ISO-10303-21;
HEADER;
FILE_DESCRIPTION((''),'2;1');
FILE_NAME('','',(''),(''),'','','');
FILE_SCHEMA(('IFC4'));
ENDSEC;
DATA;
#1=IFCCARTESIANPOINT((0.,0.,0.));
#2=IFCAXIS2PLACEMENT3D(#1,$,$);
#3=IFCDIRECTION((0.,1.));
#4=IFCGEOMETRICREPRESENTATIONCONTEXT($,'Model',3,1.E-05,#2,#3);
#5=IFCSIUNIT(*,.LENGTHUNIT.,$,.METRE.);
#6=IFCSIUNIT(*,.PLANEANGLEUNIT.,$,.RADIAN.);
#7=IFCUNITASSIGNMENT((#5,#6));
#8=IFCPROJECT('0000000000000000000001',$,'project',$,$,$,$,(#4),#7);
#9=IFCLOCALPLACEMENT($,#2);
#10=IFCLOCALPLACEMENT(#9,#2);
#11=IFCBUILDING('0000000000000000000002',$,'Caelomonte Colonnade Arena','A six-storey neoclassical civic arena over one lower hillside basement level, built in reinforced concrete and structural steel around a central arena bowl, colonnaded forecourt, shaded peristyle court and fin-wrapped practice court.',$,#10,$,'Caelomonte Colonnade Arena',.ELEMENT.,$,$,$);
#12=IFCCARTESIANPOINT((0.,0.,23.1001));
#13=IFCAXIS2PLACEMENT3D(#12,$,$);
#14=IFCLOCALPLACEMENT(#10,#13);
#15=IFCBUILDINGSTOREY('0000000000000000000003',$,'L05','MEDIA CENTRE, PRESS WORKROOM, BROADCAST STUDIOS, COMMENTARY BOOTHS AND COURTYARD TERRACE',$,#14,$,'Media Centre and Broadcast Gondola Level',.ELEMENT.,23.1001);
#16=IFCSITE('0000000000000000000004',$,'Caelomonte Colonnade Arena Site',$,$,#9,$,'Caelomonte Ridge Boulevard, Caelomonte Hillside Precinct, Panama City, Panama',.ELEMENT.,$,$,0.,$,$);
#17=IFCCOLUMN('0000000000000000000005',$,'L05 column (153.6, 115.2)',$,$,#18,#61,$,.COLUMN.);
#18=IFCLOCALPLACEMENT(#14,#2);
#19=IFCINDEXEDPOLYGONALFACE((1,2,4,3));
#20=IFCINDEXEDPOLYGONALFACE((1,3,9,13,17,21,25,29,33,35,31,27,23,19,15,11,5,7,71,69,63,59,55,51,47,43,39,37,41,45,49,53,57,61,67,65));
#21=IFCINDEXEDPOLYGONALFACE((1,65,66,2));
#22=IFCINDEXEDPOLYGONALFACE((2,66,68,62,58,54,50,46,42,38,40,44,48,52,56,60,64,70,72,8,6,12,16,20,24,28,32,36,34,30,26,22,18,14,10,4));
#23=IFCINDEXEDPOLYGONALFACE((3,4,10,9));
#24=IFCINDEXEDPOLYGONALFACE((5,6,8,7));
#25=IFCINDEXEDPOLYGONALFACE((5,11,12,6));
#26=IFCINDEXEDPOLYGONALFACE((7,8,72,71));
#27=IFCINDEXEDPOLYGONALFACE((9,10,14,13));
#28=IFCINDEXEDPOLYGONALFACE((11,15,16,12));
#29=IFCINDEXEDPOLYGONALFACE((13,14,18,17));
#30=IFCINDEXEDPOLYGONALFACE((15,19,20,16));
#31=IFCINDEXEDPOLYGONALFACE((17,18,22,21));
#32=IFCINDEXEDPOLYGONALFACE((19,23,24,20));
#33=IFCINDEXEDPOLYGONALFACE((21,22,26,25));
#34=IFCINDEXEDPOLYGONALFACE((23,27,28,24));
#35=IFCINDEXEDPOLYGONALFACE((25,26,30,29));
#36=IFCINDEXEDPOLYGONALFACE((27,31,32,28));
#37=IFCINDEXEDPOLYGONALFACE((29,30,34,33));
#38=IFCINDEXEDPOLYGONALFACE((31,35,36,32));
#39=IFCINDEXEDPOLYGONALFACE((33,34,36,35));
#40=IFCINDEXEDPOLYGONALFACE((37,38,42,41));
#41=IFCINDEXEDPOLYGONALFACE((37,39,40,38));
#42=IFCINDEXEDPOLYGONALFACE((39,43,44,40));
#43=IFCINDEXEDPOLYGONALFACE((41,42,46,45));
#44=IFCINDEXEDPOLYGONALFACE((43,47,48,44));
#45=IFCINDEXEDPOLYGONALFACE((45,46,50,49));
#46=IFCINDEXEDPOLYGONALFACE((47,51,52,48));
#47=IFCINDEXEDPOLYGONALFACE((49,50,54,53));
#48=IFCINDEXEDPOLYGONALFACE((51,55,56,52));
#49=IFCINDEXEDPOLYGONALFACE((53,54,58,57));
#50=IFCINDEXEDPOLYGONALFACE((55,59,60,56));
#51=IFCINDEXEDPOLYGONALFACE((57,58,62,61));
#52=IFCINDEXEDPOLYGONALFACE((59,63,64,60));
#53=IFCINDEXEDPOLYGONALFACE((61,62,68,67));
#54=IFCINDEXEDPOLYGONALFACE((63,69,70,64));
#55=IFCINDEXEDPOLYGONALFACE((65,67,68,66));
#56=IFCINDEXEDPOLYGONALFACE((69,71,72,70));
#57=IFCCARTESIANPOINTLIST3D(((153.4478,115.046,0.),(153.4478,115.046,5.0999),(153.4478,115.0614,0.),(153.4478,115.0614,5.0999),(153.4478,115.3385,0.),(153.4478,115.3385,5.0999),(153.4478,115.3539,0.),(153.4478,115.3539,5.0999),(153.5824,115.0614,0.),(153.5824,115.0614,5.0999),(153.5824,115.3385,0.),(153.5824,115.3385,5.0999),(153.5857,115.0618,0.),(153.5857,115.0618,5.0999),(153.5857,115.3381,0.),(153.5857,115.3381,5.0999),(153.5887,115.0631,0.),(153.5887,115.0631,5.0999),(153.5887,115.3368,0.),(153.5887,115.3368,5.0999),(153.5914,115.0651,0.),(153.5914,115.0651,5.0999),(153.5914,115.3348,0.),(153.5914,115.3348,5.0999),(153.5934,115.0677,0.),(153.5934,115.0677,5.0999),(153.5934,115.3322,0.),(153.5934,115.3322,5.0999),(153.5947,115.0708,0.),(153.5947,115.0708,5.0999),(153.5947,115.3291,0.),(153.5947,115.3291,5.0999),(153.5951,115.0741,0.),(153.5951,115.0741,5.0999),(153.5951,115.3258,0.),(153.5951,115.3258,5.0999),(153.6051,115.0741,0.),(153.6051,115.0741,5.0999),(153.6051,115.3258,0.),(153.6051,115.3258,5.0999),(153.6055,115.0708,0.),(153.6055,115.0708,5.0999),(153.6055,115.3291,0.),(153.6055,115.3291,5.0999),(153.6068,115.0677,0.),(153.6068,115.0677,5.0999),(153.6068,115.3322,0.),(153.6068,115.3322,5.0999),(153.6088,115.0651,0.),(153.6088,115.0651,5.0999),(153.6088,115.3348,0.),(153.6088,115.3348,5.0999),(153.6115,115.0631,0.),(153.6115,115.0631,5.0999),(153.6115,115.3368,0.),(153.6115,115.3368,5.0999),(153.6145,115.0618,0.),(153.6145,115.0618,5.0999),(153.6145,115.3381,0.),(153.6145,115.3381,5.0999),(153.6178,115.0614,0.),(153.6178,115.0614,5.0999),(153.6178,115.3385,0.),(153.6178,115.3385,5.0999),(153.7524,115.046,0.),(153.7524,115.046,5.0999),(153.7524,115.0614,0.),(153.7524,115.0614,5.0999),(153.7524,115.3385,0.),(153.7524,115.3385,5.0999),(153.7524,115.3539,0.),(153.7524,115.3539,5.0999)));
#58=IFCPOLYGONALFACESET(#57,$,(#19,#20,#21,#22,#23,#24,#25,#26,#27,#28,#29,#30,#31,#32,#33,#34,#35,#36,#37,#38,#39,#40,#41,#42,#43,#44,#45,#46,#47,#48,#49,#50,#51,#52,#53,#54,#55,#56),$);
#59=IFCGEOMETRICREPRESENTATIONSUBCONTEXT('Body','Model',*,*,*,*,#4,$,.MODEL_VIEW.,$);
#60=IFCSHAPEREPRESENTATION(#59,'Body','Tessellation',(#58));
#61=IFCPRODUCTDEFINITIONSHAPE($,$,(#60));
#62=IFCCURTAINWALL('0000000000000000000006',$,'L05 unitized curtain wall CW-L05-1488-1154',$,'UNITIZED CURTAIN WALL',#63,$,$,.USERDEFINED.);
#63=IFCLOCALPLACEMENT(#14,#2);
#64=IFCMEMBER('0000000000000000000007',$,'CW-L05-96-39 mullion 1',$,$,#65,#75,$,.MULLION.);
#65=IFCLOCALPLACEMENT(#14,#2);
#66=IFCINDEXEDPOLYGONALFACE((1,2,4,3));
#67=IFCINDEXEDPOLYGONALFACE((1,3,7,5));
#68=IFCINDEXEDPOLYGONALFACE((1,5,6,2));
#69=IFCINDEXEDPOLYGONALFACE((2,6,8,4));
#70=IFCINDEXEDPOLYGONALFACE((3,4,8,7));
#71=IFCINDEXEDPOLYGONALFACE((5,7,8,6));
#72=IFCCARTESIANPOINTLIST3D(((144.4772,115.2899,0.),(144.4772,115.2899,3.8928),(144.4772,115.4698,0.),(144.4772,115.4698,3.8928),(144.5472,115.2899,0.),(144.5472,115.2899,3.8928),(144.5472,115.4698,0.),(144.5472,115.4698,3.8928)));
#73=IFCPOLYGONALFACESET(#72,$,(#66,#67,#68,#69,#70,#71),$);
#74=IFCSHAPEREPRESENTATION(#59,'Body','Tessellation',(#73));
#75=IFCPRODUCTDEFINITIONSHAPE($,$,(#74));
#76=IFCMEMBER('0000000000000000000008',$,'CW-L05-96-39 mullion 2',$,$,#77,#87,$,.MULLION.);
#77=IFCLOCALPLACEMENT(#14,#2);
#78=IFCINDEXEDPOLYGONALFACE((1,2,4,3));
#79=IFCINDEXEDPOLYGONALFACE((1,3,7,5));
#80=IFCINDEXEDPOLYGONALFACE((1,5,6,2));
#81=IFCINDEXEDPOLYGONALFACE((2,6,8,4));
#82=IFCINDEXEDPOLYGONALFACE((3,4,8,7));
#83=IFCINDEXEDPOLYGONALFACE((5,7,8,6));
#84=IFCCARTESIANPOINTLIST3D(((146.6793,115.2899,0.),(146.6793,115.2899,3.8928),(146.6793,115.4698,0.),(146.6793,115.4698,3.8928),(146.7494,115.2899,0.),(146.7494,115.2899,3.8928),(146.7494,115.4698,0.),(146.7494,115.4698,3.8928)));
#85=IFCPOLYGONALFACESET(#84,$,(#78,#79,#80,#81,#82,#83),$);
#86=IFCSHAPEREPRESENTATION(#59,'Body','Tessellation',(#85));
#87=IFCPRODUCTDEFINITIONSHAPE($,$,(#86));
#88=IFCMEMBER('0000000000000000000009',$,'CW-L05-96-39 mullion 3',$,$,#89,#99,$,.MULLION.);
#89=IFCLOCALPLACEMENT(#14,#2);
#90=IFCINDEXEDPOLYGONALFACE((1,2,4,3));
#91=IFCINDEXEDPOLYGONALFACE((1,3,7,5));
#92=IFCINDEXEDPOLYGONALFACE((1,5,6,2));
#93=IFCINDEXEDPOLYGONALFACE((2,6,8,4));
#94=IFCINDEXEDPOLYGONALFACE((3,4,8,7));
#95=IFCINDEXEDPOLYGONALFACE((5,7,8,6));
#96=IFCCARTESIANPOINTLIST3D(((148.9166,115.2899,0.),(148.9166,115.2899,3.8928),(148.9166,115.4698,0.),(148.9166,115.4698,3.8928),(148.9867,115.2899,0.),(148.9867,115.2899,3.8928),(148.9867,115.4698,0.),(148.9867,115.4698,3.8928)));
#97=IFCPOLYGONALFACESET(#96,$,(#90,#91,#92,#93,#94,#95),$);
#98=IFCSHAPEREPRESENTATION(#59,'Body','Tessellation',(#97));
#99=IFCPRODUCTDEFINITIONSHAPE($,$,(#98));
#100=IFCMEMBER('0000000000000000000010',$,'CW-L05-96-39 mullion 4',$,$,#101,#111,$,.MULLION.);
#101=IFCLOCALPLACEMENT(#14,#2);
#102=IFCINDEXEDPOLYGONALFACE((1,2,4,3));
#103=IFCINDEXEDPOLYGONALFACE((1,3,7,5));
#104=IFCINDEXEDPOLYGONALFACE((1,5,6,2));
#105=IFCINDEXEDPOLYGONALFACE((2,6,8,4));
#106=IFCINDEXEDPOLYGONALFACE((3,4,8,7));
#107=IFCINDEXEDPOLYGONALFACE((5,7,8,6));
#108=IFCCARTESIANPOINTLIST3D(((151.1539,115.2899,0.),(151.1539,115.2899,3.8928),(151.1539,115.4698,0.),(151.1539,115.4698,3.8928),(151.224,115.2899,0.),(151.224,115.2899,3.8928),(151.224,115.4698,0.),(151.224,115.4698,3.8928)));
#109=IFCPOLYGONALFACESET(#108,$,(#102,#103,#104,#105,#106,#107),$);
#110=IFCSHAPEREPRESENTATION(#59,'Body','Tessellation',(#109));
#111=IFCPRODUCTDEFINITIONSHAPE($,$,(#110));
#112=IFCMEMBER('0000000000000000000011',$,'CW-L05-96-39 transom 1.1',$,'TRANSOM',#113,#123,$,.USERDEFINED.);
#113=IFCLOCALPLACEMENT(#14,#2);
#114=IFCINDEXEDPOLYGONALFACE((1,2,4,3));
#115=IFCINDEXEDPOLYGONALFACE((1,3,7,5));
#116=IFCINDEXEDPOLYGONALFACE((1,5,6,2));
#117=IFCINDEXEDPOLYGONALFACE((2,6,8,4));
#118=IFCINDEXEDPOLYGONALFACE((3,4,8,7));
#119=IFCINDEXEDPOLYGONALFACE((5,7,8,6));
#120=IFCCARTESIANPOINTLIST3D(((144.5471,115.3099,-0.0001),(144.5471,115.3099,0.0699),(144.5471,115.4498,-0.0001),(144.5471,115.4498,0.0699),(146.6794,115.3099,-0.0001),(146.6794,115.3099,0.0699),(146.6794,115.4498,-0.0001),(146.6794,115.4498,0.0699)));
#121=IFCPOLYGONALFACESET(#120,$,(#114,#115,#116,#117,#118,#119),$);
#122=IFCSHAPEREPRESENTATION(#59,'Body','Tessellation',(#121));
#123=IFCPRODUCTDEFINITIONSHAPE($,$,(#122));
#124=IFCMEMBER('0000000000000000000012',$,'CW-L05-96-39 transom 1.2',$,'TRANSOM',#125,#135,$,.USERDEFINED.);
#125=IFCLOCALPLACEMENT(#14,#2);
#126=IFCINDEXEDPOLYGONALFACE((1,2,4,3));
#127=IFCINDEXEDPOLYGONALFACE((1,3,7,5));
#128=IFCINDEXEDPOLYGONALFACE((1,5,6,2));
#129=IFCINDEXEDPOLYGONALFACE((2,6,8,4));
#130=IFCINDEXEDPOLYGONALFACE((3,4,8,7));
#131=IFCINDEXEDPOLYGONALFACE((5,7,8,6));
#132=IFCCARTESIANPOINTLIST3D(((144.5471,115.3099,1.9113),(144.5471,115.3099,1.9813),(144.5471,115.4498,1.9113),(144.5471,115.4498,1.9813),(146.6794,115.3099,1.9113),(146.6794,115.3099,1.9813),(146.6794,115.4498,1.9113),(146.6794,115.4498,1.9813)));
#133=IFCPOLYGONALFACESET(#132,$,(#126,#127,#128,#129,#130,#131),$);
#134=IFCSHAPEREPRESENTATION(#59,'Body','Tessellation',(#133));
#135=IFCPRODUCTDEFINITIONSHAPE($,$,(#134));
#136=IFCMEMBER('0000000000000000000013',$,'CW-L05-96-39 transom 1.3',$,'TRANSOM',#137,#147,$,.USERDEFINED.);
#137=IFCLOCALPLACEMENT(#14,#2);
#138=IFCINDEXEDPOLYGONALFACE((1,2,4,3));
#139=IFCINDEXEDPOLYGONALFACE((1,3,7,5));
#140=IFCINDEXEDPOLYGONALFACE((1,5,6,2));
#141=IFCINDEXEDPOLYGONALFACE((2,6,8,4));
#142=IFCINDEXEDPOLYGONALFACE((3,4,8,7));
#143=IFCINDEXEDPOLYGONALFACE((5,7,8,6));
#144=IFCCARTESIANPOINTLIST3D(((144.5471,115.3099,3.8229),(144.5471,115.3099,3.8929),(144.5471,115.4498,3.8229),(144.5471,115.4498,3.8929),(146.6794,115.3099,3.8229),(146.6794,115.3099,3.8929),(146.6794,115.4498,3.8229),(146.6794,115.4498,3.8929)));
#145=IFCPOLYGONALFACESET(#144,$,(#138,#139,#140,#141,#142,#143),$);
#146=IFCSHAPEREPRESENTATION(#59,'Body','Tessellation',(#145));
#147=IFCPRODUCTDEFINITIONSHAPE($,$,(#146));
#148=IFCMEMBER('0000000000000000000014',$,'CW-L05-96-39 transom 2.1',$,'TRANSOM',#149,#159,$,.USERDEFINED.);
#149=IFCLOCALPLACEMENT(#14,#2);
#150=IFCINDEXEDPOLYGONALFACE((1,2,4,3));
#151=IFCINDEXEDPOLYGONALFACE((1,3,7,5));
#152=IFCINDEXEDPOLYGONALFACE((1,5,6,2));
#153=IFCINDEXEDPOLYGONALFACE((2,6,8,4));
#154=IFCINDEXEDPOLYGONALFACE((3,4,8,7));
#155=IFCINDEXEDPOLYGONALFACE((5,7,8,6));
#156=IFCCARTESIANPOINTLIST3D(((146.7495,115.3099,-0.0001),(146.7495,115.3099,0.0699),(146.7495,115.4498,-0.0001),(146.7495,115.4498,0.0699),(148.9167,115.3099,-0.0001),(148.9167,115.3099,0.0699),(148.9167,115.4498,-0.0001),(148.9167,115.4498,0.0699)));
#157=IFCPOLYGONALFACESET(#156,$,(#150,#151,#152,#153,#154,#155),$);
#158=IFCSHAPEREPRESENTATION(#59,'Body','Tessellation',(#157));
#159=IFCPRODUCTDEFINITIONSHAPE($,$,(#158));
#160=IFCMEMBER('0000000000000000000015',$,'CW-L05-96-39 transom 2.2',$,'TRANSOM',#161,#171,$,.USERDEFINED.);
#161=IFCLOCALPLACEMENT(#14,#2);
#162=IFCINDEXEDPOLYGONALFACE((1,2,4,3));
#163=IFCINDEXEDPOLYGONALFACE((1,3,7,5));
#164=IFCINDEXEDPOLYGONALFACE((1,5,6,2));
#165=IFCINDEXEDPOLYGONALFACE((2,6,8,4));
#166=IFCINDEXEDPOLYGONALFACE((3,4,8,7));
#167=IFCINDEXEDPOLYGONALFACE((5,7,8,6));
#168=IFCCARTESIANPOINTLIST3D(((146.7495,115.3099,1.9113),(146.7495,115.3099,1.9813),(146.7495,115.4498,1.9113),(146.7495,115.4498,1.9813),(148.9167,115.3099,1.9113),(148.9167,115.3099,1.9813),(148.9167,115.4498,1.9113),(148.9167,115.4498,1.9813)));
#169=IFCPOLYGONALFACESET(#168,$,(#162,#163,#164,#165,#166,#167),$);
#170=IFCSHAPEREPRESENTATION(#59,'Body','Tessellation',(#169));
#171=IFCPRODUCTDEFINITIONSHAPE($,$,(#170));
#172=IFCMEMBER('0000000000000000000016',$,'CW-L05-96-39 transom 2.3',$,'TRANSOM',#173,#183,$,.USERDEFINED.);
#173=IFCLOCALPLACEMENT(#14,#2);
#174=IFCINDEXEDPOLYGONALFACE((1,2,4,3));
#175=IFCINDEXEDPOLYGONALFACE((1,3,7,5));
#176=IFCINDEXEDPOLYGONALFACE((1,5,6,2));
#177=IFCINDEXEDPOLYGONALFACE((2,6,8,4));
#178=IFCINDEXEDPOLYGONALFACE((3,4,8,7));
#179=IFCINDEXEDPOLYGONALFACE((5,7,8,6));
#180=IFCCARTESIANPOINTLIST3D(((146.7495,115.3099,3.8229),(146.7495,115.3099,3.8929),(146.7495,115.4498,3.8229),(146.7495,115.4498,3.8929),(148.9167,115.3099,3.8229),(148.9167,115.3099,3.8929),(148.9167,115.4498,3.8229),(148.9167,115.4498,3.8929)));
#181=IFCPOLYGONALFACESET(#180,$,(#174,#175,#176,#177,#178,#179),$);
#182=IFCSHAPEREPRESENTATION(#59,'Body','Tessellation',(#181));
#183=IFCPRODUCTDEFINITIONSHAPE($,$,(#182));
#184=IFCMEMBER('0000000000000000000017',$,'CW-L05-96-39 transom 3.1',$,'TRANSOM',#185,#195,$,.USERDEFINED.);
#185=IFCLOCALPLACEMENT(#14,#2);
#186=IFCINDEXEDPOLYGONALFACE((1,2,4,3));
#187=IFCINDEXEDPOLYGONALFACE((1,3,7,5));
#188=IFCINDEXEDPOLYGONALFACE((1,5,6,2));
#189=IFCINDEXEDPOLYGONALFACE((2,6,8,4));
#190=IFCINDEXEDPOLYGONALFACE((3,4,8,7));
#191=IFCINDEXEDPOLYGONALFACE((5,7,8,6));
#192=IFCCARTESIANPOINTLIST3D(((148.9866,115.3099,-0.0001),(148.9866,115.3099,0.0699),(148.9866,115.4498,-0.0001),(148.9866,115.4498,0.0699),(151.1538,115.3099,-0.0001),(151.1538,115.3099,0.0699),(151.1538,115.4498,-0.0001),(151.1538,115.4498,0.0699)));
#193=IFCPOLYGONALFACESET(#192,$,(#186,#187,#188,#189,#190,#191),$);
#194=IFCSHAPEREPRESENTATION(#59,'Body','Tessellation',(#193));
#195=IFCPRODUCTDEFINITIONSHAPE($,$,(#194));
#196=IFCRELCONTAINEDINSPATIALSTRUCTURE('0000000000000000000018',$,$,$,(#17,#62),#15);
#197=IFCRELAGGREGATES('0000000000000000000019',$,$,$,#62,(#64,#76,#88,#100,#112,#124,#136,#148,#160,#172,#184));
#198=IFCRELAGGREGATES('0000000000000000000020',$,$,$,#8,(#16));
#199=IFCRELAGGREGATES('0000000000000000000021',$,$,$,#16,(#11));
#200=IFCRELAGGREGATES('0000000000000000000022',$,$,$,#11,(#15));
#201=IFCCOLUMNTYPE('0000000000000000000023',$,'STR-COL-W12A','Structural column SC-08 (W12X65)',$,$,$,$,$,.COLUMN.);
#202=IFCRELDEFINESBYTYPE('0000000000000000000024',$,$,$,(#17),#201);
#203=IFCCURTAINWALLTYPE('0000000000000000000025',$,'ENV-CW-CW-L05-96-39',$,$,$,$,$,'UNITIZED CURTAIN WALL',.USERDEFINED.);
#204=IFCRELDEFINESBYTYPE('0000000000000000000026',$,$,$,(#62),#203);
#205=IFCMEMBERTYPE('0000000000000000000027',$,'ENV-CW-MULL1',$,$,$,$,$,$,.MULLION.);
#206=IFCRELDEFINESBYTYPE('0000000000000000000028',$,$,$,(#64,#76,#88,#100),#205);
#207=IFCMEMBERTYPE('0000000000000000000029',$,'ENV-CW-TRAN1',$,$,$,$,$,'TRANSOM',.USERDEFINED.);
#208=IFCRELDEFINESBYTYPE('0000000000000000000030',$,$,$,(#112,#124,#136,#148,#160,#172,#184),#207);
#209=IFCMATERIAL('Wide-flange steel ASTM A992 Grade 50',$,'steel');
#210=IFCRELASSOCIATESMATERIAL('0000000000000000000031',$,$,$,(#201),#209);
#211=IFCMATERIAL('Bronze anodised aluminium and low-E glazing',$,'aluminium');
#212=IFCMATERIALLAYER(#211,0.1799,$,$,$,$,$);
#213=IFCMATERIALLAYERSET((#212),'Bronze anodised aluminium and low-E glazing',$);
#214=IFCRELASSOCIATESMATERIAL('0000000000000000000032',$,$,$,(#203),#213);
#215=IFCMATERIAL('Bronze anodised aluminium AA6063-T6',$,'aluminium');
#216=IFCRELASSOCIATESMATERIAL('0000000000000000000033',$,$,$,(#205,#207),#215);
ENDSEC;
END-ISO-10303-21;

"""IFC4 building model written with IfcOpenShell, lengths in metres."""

from ifc_helpers import new_model, si_unit, direction, frame, origin, origin_2d, place, context, subcontext, project, spatial, rectangle, i_section, extrude, material, layer, layer_set, material_profile, profile_set, type_object, element, aggregate, save


model = new_model("IFC4")

# Units and contexts
model_context = context("Model", 3, precision=1e-05, world=origin(), true_north=direction((0.0, 1.0)))
body_context = subcontext(model_context, "Body", "Model", "MODEL_VIEW")
ifc_project = project(units=[si_unit("LENGTHUNIT", "METRE"), si_unit("PLANEANGLEUNIT", "RADIAN")], contexts=[model_context])

# Site, building, storey
site_placement = place(None, origin())
site = spatial("IfcSite", under=ifc_project, at=site_placement, Name="Caelomonte Colonnade Arena Site", LongName="Caelomonte Ridge Boulevard, Caelomonte Hillside Precinct, Panama City, Panama", CompositionType="ELEMENT", RefElevation=0.0)
building_placement = place(site_placement, origin())
building = spatial("IfcBuilding", under=site, at=building_placement, Name="Caelomonte Colonnade Arena", Description="A six-storey neoclassical civic arena over one lower hillside basement level, built in reinforced concrete and structural steel around a central arena bowl, colonnaded forecourt, shaded peristyle court and fin-wrapped practice court.", LongName="Caelomonte Colonnade Arena", CompositionType="ELEMENT")
storey_placement = place(building_placement, frame((0.0, 0.0, 23.1001)))
storey = spatial("IfcBuildingStorey", under=building, at=storey_placement, Name="L05", Description="MEDIA CENTRE, PRESS WORKROOM, BROADCAST STUDIOS, COMMENTARY BOOTHS AND COURTYARD TERRACE", LongName="Media Centre and Broadcast Gondola Level", CompositionType="ELEMENT", Elevation=23.1001)

# Column
ifc_material_1 = material(Name="Wide-flange steel ASTM A992 Grade 50", Category="steel")
ifc_material_profile_1 = material_profile(ifc_material_1, i_section(OverallWidth=0.3047, OverallDepth=0.3079, WebThickness=0.01, FlangeThickness=0.0154, FilletRadius=0.0127, at=origin_2d()), Name="W12X65")
ifc_profile_set_1 = profile_set([ifc_material_profile_1], Name="Wide-flange steel ASTM A992 Grade 50")
column_type = type_object("IfcColumnType", Name="STR-COL-W12A", Description="Structural column SC-08 (W12X65)", PredefinedType="COLUMN", material=ifc_profile_set_1)
column_placement = place(storey_placement, frame((153.6001, 115.2, 0.0), z_axis=(0.0, 0.0, 1.0), x_axis=(1.0, 0.0, 0.0)))
element("IfcColumn", 1, at=column_placement, inside=storey, type_object=column_type, Name="L05 column (153.6, 115.2)", PredefinedType="COLUMN", context=body_context, shape_type="SweptSolid", body=[
    extrude(i_section(OverallWidth=0.3047, OverallDepth=0.3079, WebThickness=0.01, FlangeThickness=0.0154, FilletRadius=0.0127, at=origin_2d()), origin(), (0.0, 0.0, 1.0), 5.0999),
])

# Curtain wall, members
ifc_material_2 = material(Name="Bronze anodised aluminium and low-E glazing", Category="aluminium")
ifc_layer_1 = layer(ifc_material_2, 0.1799)
ifc_layer_set_1 = layer_set([ifc_layer_1], Name="Bronze anodised aluminium and low-E glazing")
curtain_wall_type = type_object("IfcCurtainWallType", Name="ENV-CW-CW-L05-96-39", ElementType="UNITIZED CURTAIN WALL", PredefinedType="USERDEFINED", material=ifc_layer_set_1)
curtain_wall_placement = place(storey_placement, origin())
curtain_wall = element("IfcCurtainWall", 2, at=curtain_wall_placement, inside=storey, type_object=curtain_wall_type, Name="L05 unitized curtain wall CW-L05-1488-1154", ObjectType="UNITIZED CURTAIN WALL", PredefinedType="USERDEFINED")
ifc_material_3 = material(Name="Bronze anodised aluminium AA6063-T6", Category="aluminium")
ifc_material_profile_2 = material_profile(ifc_material_3, rectangle(XDim=0.0701, YDim=0.1799, at=origin_2d()), Name="CWM-70X180")
ifc_profile_set_2 = profile_set([ifc_material_profile_2], Name="Bronze anodised aluminium AA6063-T6")
member_type_1 = type_object("IfcMemberType", Name="ENV-CW-MULL1", PredefinedType="MULLION", material=ifc_profile_set_2)
member_1_placement = place(storey_placement, frame((144.5122, 115.3799, 0.0), z_axis=(0.0, 0.0, 1.0), x_axis=(1.0, 0.0, 0.0)))
member_1 = element("IfcMember", 3, at=member_1_placement, type_object=member_type_1, Name="CW-L05-96-39 mullion 1", PredefinedType="MULLION", context=body_context, shape_type="SweptSolid", body=[
    extrude(rectangle(XDim=0.0701, YDim=0.1799, at=origin_2d()), origin(), (0.0, 0.0, 1.0), 3.8928),
])
member_2_placement = place(storey_placement, frame((146.7144, 115.3799, 0.0), z_axis=(0.0, 0.0, 1.0), x_axis=(1.0, 0.0, 0.0)))
member_2 = element("IfcMember", 4, at=member_2_placement, type_object=member_type_1, Name="CW-L05-96-39 mullion 2", PredefinedType="MULLION", context=body_context, shape_type="SweptSolid", body=[
    extrude(rectangle(XDim=0.0701, YDim=0.1799, at=origin_2d()), origin(), (0.0, 0.0, 1.0), 3.8928),
])
member_3_placement = place(storey_placement, frame((148.9517, 115.3799, 0.0), z_axis=(0.0, 0.0, 1.0), x_axis=(1.0, 0.0, 0.0)))
member_3 = element("IfcMember", 5, at=member_3_placement, type_object=member_type_1, Name="CW-L05-96-39 mullion 3", PredefinedType="MULLION", context=body_context, shape_type="SweptSolid", body=[
    extrude(rectangle(XDim=0.0701, YDim=0.1799, at=origin_2d()), origin(), (0.0, 0.0, 1.0), 3.8928),
])
member_4_placement = place(storey_placement, frame((151.189, 115.3799, 0.0), z_axis=(0.0, 0.0, 1.0), x_axis=(1.0, 0.0, 0.0)))
member_4 = element("IfcMember", 6, at=member_4_placement, type_object=member_type_1, Name="CW-L05-96-39 mullion 4", PredefinedType="MULLION", context=body_context, shape_type="SweptSolid", body=[
    extrude(rectangle(XDim=0.0701, YDim=0.1799, at=origin_2d()), origin(), (0.0, 0.0, 1.0), 3.8928),
])
ifc_material_profile_3 = material_profile(ifc_material_3, rectangle(XDim=0.0701, YDim=0.1399, at=origin_2d()), Name="CWT-70X140")
ifc_profile_set_3 = profile_set([ifc_material_profile_3], Name="Bronze anodised aluminium AA6063-T6")
member_type_2 = type_object("IfcMemberType", Name="ENV-CW-TRAN1", ElementType="TRANSOM", PredefinedType="USERDEFINED", material=ifc_profile_set_3)
member_5_placement = place(storey_placement, frame((144.5471, 115.3799, 0.0349), z_axis=(1.0, 0.0, 0.0), x_axis=(0.0, 0.0, 1.0)))
member_5 = element("IfcMember", 7, at=member_5_placement, type_object=member_type_2, Name="CW-L05-96-39 transom 1.1", ObjectType="TRANSOM", PredefinedType="USERDEFINED", context=body_context, shape_type="SweptSolid", body=[
    extrude(rectangle(XDim=0.0701, YDim=0.1399, at=origin_2d()), origin(), (0.0, 0.0, 1.0), 2.1323),
])
member_6_placement = place(storey_placement, frame((144.5471, 115.3799, 1.9463), z_axis=(1.0, 0.0, 0.0), x_axis=(0.0, 0.0, 1.0)))
member_6 = element("IfcMember", 8, at=member_6_placement, type_object=member_type_2, Name="CW-L05-96-39 transom 1.2", ObjectType="TRANSOM", PredefinedType="USERDEFINED", context=body_context, shape_type="SweptSolid", body=[
    extrude(rectangle(XDim=0.0701, YDim=0.1399, at=origin_2d()), origin(), (0.0, 0.0, 1.0), 2.1323),
])
member_7_placement = place(storey_placement, frame((144.5471, 115.3799, 3.8579), z_axis=(1.0, 0.0, 0.0), x_axis=(0.0, 0.0, 1.0)))
member_7 = element("IfcMember", 9, at=member_7_placement, type_object=member_type_2, Name="CW-L05-96-39 transom 1.3", ObjectType="TRANSOM", PredefinedType="USERDEFINED", context=body_context, shape_type="SweptSolid", body=[
    extrude(rectangle(XDim=0.0701, YDim=0.1399, at=origin_2d()), origin(), (0.0, 0.0, 1.0), 2.1323),
])
member_8_placement = place(storey_placement, frame((146.7495, 115.3799, 0.0349), z_axis=(1.0, 0.0, 0.0), x_axis=(0.0, 0.0, 1.0)))
member_8 = element("IfcMember", 10, at=member_8_placement, type_object=member_type_2, Name="CW-L05-96-39 transom 2.1", ObjectType="TRANSOM", PredefinedType="USERDEFINED", context=body_context, shape_type="SweptSolid", body=[
    extrude(rectangle(XDim=0.0701, YDim=0.1399, at=origin_2d()), origin(), (0.0, 0.0, 1.0), 2.1672),
])
member_9_placement = place(storey_placement, frame((146.7495, 115.3799, 1.9463), z_axis=(1.0, 0.0, 0.0), x_axis=(0.0, 0.0, 1.0)))
member_9 = element("IfcMember", 11, at=member_9_placement, type_object=member_type_2, Name="CW-L05-96-39 transom 2.2", ObjectType="TRANSOM", PredefinedType="USERDEFINED", context=body_context, shape_type="SweptSolid", body=[
    extrude(rectangle(XDim=0.0701, YDim=0.1399, at=origin_2d()), origin(), (0.0, 0.0, 1.0), 2.1672),
])
member_10_placement = place(storey_placement, frame((146.7495, 115.3799, 3.8579), z_axis=(1.0, 0.0, 0.0), x_axis=(0.0, 0.0, 1.0)))
member_10 = element("IfcMember", 12, at=member_10_placement, type_object=member_type_2, Name="CW-L05-96-39 transom 2.3", ObjectType="TRANSOM", PredefinedType="USERDEFINED", context=body_context, shape_type="SweptSolid", body=[
    extrude(rectangle(XDim=0.0701, YDim=0.1399, at=origin_2d()), origin(), (0.0, 0.0, 1.0), 2.1672),
])
member_11_placement = place(storey_placement, frame((148.9866, 115.3799, 0.0349), z_axis=(1.0, 0.0, 0.0), x_axis=(0.0, 0.0, 1.0)))
member_11 = element("IfcMember", 13, at=member_11_placement, type_object=member_type_2, Name="CW-L05-96-39 transom 3.1", ObjectType="TRANSOM", PredefinedType="USERDEFINED", context=body_context, shape_type="SweptSolid", body=[
    extrude(rectangle(XDim=0.0701, YDim=0.1399, at=origin_2d()), origin(), (0.0, 0.0, 1.0), 2.1672),
])

aggregate(curtain_wall, [member_1, member_2, member_3, member_4, member_5, member_6, member_7, member_8, member_9, member_10, member_11])

save(model, "model.ifc")
